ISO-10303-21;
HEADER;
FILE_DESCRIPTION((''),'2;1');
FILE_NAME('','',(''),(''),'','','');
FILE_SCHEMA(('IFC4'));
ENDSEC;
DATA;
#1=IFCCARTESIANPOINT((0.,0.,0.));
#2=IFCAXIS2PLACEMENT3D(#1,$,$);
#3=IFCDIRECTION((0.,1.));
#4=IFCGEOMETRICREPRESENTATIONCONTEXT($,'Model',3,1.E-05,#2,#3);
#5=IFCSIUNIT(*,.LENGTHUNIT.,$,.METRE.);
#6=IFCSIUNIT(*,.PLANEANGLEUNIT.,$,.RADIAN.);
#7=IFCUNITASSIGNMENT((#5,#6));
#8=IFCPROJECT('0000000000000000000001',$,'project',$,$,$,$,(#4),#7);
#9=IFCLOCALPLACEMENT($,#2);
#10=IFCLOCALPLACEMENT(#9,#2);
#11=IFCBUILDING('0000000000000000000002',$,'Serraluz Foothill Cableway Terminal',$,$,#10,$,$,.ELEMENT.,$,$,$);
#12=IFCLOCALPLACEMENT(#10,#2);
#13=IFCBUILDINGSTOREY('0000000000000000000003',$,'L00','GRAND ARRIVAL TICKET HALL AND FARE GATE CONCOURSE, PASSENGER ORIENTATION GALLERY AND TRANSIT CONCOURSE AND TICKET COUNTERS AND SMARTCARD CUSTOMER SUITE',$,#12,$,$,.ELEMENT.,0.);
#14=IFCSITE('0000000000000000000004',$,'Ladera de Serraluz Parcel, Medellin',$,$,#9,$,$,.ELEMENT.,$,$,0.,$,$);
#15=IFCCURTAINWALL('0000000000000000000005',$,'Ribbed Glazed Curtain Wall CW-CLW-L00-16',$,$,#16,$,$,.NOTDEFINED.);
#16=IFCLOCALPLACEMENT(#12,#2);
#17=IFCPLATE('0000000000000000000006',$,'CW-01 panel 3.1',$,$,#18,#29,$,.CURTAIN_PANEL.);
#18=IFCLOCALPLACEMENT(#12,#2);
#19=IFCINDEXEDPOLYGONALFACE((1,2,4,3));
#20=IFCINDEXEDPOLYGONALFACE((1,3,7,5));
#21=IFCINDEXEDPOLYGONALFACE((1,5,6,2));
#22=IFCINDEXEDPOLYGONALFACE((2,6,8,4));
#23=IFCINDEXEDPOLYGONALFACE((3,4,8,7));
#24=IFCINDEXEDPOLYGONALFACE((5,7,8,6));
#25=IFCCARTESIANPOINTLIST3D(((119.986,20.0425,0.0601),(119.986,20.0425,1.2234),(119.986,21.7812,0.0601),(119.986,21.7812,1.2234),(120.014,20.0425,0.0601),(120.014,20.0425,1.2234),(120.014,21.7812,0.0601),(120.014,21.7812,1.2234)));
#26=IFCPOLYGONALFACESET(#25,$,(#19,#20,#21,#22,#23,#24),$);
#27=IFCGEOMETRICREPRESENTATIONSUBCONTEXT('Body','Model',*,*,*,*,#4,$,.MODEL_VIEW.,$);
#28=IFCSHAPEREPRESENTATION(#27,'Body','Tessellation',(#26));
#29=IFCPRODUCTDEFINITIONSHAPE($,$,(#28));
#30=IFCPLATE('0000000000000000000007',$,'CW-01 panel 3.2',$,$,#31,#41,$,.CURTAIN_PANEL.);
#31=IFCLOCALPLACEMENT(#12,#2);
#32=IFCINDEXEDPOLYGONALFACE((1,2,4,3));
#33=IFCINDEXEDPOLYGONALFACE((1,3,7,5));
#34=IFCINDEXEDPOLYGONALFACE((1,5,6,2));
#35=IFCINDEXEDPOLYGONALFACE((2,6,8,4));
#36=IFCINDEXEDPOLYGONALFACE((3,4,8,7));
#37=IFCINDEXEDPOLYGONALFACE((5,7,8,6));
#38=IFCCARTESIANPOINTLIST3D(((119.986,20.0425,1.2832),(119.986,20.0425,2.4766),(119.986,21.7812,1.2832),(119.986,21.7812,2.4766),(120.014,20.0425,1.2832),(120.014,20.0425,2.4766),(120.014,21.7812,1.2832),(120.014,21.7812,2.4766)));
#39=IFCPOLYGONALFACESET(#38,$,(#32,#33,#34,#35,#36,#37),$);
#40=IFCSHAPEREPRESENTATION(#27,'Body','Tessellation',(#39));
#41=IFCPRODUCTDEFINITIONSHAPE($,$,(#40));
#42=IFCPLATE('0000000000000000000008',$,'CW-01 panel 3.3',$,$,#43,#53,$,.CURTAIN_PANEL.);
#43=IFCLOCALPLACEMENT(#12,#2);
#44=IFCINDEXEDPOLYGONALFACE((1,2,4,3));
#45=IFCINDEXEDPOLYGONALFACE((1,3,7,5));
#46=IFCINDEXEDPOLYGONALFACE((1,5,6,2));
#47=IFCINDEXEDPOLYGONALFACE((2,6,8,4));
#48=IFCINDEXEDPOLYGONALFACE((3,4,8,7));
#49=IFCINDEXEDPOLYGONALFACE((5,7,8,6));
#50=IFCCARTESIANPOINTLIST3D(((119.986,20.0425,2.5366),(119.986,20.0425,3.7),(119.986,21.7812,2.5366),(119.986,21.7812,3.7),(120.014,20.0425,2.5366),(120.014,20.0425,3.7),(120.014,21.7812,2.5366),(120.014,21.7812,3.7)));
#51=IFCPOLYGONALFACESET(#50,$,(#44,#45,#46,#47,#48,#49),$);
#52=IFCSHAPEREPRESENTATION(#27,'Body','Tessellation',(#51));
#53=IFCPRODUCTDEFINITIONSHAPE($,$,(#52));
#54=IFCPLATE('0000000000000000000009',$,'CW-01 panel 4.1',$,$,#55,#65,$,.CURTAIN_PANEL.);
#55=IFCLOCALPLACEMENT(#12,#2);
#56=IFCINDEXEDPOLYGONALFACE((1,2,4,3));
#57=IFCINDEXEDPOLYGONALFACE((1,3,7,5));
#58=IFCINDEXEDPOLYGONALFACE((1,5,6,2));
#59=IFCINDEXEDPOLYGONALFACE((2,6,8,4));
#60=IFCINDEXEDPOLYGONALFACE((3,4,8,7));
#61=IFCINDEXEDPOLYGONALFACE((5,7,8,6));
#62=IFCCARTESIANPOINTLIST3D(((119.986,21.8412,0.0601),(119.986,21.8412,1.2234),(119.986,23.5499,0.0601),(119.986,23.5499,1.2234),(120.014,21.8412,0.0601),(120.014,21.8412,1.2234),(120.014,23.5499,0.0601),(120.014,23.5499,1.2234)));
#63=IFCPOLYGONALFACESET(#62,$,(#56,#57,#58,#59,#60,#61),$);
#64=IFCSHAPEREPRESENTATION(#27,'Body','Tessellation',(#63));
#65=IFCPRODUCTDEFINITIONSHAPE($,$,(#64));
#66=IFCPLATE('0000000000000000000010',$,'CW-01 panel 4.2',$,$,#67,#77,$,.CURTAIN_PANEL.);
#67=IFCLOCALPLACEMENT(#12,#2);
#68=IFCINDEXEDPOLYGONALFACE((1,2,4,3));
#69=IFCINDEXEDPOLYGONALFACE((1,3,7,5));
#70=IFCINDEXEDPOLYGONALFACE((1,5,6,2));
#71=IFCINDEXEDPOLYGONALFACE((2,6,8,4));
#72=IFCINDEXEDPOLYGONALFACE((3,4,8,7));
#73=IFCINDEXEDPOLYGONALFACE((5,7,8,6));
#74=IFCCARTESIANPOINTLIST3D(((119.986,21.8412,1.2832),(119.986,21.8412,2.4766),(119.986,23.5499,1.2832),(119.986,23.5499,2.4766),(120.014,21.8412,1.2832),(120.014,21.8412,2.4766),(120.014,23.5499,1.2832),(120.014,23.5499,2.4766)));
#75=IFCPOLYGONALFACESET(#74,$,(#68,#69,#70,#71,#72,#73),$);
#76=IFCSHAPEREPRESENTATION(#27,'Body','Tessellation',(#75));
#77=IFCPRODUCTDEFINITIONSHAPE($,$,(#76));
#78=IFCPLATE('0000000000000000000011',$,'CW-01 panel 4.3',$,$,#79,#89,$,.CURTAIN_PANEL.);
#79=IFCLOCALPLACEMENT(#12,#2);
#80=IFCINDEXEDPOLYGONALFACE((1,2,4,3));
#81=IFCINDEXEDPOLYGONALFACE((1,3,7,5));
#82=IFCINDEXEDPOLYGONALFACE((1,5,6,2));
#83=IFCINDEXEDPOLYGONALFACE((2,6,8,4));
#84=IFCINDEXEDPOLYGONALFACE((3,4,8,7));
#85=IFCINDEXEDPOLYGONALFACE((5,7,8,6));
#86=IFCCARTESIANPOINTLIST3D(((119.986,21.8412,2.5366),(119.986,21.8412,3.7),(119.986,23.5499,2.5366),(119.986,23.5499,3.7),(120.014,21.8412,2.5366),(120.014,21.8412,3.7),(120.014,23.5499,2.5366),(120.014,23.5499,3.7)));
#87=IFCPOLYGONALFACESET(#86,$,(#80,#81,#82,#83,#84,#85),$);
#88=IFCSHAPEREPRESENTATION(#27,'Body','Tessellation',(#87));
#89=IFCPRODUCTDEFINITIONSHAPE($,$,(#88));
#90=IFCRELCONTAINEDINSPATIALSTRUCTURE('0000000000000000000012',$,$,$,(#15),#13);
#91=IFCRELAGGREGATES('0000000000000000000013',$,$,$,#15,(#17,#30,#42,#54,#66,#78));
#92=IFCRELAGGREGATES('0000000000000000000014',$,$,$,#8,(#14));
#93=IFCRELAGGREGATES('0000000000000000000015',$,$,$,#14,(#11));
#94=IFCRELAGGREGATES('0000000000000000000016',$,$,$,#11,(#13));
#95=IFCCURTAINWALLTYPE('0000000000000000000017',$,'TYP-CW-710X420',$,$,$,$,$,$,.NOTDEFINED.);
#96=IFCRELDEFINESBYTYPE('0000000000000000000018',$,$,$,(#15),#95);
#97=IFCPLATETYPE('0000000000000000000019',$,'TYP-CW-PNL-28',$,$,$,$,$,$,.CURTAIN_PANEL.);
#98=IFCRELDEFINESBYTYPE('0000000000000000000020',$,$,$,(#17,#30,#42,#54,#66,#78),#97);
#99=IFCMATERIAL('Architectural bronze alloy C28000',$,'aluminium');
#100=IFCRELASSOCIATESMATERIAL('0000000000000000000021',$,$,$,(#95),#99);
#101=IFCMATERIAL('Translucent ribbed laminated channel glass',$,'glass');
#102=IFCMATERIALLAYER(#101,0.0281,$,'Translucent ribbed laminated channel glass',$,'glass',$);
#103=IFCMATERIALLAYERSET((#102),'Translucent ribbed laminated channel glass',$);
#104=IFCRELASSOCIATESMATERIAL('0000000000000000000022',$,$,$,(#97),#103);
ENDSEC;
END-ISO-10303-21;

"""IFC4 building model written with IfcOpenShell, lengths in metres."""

from ifc_helpers import new_model, si_unit, direction, frame, origin, origin_2d, place, context, subcontext, project, spatial, rectangle, extrude, material, layer, layer_set, type_object, element, aggregate, save


model = new_model("IFC4")

# Units and contexts
model_context = context("Model", 3, precision=1e-05, world=origin(), true_north=direction((0.0, 1.0)))
body_context = subcontext(model_context, "Body", "Model", "MODEL_VIEW")
ifc_project = project(units=[si_unit("LENGTHUNIT", "METRE"), si_unit("PLANEANGLEUNIT", "RADIAN")], contexts=[model_context])

# Site, building, storey
site_placement = place(None, origin())
site = spatial("IfcSite", under=ifc_project, at=site_placement, Name="Ladera de Serraluz Parcel, Medellin", CompositionType="ELEMENT", RefElevation=0.0)
building_placement = place(site_placement, origin())
building = spatial("IfcBuilding", under=site, at=building_placement, Name="Serraluz Foothill Cableway Terminal", CompositionType="ELEMENT")
storey_placement = place(building_placement, origin())
storey = spatial("IfcBuildingStorey", under=building, at=storey_placement, Name="L00", Description="GRAND ARRIVAL TICKET HALL AND FARE GATE CONCOURSE, PASSENGER ORIENTATION GALLERY AND TRANSIT CONCOURSE AND TICKET COUNTERS AND SMARTCARD CUSTOMER SUITE", CompositionType="ELEMENT", Elevation=0.0)

# Curtain wall, plates
ifc_material_1 = material(Name="Architectural bronze alloy C28000", Category="aluminium")
curtain_wall_type = type_object("IfcCurtainWallType", Name="TYP-CW-710X420", PredefinedType="NOTDEFINED", material=ifc_material_1)
curtain_wall_placement = place(storey_placement, origin())
curtain_wall = element("IfcCurtainWall", 1, at=curtain_wall_placement, inside=storey, type_object=curtain_wall_type, Name="Ribbed Glazed Curtain Wall CW-CLW-L00-16", PredefinedType="NOTDEFINED")
ifc_material_2 = material(Name="Translucent ribbed laminated channel glass", Category="glass")
ifc_layer = layer(ifc_material_2, 0.0281, Name="Translucent ribbed laminated channel glass", Category="glass")
ifc_layer_set = layer_set([ifc_layer], Name="Translucent ribbed laminated channel glass")
plate_type = type_object("IfcPlateType", Name="TYP-CW-PNL-28", PredefinedType="CURTAIN_PANEL", material=ifc_layer_set)
plate_1_placement = place(storey_placement, frame((120.0, 20.9119, 0.0601), z_axis=(0.0, 0.0, 1.0), x_axis=(0.0, 1.0, 0.0)))
plate_1 = element("IfcPlate", 2, at=plate_1_placement, type_object=plate_type, Name="CW-01 panel 3.1", PredefinedType="CURTAIN_PANEL", context=body_context, shape_type="SweptSolid", body=[
    extrude(rectangle(XDim=1.7388, YDim=0.0281, at=origin_2d()), origin(), (0.0, 0.0, 1.0), 1.1633),
])
plate_2_placement = place(storey_placement, frame((120.0, 20.9119, 1.2832), z_axis=(0.0, 0.0, 1.0), x_axis=(0.0, 1.0, 0.0)))
plate_2 = element("IfcPlate", 3, at=plate_2_placement, type_object=plate_type, Name="CW-01 panel 3.2", PredefinedType="CURTAIN_PANEL", context=body_context, shape_type="SweptSolid", body=[
    extrude(rectangle(XDim=1.7388, YDim=0.0281, at=origin_2d()), origin(), (0.0, 0.0, 1.0), 1.1934),
])
plate_3_placement = place(storey_placement, frame((120.0, 20.9119, 2.5366), z_axis=(0.0, 0.0, 1.0), x_axis=(0.0, 1.0, 0.0)))
plate_3 = element("IfcPlate", 4, at=plate_3_placement, type_object=plate_type, Name="CW-01 panel 3.3", PredefinedType="CURTAIN_PANEL", context=body_context, shape_type="SweptSolid", body=[
    extrude(rectangle(XDim=1.7388, YDim=0.0281, at=origin_2d()), origin(), (0.0, 0.0, 1.0), 1.1633),
])
plate_4_placement = place(storey_placement, frame((120.0, 22.6956, 0.0601), z_axis=(0.0, 0.0, 1.0), x_axis=(0.0, 1.0, 0.0)))
plate_4 = element("IfcPlate", 5, at=plate_4_placement, type_object=plate_type, Name="CW-01 panel 4.1", PredefinedType="CURTAIN_PANEL", context=body_context, shape_type="SweptSolid", body=[
    extrude(rectangle(XDim=1.7087, YDim=0.0281, at=origin_2d()), origin(), (0.0, 0.0, 1.0), 1.1633),
])
plate_5_placement = place(storey_placement, frame((120.0, 22.6956, 1.2832), z_axis=(0.0, 0.0, 1.0), x_axis=(0.0, 1.0, 0.0)))
plate_5 = element("IfcPlate", 6, at=plate_5_placement, type_object=plate_type, Name="CW-01 panel 4.2", PredefinedType="CURTAIN_PANEL", context=body_context, shape_type="SweptSolid", body=[
    extrude(rectangle(XDim=1.7087, YDim=0.0281, at=origin_2d()), origin(), (0.0, 0.0, 1.0), 1.1934),
])
plate_6_placement = place(storey_placement, frame((120.0, 22.6956, 2.5366), z_axis=(0.0, 0.0, 1.0), x_axis=(0.0, 1.0, 0.0)))
plate_6 = element("IfcPlate", 7, at=plate_6_placement, type_object=plate_type, Name="CW-01 panel 4.3", PredefinedType="CURTAIN_PANEL", context=body_context, shape_type="SweptSolid", body=[
    extrude(rectangle(XDim=1.7087, YDim=0.0281, at=origin_2d()), origin(), (0.0, 0.0, 1.0), 1.1633),
])
aggregate(curtain_wall, [plate_1, plate_2, plate_3, plate_4, plate_5, plate_6])

save(model, "model.ifc")
